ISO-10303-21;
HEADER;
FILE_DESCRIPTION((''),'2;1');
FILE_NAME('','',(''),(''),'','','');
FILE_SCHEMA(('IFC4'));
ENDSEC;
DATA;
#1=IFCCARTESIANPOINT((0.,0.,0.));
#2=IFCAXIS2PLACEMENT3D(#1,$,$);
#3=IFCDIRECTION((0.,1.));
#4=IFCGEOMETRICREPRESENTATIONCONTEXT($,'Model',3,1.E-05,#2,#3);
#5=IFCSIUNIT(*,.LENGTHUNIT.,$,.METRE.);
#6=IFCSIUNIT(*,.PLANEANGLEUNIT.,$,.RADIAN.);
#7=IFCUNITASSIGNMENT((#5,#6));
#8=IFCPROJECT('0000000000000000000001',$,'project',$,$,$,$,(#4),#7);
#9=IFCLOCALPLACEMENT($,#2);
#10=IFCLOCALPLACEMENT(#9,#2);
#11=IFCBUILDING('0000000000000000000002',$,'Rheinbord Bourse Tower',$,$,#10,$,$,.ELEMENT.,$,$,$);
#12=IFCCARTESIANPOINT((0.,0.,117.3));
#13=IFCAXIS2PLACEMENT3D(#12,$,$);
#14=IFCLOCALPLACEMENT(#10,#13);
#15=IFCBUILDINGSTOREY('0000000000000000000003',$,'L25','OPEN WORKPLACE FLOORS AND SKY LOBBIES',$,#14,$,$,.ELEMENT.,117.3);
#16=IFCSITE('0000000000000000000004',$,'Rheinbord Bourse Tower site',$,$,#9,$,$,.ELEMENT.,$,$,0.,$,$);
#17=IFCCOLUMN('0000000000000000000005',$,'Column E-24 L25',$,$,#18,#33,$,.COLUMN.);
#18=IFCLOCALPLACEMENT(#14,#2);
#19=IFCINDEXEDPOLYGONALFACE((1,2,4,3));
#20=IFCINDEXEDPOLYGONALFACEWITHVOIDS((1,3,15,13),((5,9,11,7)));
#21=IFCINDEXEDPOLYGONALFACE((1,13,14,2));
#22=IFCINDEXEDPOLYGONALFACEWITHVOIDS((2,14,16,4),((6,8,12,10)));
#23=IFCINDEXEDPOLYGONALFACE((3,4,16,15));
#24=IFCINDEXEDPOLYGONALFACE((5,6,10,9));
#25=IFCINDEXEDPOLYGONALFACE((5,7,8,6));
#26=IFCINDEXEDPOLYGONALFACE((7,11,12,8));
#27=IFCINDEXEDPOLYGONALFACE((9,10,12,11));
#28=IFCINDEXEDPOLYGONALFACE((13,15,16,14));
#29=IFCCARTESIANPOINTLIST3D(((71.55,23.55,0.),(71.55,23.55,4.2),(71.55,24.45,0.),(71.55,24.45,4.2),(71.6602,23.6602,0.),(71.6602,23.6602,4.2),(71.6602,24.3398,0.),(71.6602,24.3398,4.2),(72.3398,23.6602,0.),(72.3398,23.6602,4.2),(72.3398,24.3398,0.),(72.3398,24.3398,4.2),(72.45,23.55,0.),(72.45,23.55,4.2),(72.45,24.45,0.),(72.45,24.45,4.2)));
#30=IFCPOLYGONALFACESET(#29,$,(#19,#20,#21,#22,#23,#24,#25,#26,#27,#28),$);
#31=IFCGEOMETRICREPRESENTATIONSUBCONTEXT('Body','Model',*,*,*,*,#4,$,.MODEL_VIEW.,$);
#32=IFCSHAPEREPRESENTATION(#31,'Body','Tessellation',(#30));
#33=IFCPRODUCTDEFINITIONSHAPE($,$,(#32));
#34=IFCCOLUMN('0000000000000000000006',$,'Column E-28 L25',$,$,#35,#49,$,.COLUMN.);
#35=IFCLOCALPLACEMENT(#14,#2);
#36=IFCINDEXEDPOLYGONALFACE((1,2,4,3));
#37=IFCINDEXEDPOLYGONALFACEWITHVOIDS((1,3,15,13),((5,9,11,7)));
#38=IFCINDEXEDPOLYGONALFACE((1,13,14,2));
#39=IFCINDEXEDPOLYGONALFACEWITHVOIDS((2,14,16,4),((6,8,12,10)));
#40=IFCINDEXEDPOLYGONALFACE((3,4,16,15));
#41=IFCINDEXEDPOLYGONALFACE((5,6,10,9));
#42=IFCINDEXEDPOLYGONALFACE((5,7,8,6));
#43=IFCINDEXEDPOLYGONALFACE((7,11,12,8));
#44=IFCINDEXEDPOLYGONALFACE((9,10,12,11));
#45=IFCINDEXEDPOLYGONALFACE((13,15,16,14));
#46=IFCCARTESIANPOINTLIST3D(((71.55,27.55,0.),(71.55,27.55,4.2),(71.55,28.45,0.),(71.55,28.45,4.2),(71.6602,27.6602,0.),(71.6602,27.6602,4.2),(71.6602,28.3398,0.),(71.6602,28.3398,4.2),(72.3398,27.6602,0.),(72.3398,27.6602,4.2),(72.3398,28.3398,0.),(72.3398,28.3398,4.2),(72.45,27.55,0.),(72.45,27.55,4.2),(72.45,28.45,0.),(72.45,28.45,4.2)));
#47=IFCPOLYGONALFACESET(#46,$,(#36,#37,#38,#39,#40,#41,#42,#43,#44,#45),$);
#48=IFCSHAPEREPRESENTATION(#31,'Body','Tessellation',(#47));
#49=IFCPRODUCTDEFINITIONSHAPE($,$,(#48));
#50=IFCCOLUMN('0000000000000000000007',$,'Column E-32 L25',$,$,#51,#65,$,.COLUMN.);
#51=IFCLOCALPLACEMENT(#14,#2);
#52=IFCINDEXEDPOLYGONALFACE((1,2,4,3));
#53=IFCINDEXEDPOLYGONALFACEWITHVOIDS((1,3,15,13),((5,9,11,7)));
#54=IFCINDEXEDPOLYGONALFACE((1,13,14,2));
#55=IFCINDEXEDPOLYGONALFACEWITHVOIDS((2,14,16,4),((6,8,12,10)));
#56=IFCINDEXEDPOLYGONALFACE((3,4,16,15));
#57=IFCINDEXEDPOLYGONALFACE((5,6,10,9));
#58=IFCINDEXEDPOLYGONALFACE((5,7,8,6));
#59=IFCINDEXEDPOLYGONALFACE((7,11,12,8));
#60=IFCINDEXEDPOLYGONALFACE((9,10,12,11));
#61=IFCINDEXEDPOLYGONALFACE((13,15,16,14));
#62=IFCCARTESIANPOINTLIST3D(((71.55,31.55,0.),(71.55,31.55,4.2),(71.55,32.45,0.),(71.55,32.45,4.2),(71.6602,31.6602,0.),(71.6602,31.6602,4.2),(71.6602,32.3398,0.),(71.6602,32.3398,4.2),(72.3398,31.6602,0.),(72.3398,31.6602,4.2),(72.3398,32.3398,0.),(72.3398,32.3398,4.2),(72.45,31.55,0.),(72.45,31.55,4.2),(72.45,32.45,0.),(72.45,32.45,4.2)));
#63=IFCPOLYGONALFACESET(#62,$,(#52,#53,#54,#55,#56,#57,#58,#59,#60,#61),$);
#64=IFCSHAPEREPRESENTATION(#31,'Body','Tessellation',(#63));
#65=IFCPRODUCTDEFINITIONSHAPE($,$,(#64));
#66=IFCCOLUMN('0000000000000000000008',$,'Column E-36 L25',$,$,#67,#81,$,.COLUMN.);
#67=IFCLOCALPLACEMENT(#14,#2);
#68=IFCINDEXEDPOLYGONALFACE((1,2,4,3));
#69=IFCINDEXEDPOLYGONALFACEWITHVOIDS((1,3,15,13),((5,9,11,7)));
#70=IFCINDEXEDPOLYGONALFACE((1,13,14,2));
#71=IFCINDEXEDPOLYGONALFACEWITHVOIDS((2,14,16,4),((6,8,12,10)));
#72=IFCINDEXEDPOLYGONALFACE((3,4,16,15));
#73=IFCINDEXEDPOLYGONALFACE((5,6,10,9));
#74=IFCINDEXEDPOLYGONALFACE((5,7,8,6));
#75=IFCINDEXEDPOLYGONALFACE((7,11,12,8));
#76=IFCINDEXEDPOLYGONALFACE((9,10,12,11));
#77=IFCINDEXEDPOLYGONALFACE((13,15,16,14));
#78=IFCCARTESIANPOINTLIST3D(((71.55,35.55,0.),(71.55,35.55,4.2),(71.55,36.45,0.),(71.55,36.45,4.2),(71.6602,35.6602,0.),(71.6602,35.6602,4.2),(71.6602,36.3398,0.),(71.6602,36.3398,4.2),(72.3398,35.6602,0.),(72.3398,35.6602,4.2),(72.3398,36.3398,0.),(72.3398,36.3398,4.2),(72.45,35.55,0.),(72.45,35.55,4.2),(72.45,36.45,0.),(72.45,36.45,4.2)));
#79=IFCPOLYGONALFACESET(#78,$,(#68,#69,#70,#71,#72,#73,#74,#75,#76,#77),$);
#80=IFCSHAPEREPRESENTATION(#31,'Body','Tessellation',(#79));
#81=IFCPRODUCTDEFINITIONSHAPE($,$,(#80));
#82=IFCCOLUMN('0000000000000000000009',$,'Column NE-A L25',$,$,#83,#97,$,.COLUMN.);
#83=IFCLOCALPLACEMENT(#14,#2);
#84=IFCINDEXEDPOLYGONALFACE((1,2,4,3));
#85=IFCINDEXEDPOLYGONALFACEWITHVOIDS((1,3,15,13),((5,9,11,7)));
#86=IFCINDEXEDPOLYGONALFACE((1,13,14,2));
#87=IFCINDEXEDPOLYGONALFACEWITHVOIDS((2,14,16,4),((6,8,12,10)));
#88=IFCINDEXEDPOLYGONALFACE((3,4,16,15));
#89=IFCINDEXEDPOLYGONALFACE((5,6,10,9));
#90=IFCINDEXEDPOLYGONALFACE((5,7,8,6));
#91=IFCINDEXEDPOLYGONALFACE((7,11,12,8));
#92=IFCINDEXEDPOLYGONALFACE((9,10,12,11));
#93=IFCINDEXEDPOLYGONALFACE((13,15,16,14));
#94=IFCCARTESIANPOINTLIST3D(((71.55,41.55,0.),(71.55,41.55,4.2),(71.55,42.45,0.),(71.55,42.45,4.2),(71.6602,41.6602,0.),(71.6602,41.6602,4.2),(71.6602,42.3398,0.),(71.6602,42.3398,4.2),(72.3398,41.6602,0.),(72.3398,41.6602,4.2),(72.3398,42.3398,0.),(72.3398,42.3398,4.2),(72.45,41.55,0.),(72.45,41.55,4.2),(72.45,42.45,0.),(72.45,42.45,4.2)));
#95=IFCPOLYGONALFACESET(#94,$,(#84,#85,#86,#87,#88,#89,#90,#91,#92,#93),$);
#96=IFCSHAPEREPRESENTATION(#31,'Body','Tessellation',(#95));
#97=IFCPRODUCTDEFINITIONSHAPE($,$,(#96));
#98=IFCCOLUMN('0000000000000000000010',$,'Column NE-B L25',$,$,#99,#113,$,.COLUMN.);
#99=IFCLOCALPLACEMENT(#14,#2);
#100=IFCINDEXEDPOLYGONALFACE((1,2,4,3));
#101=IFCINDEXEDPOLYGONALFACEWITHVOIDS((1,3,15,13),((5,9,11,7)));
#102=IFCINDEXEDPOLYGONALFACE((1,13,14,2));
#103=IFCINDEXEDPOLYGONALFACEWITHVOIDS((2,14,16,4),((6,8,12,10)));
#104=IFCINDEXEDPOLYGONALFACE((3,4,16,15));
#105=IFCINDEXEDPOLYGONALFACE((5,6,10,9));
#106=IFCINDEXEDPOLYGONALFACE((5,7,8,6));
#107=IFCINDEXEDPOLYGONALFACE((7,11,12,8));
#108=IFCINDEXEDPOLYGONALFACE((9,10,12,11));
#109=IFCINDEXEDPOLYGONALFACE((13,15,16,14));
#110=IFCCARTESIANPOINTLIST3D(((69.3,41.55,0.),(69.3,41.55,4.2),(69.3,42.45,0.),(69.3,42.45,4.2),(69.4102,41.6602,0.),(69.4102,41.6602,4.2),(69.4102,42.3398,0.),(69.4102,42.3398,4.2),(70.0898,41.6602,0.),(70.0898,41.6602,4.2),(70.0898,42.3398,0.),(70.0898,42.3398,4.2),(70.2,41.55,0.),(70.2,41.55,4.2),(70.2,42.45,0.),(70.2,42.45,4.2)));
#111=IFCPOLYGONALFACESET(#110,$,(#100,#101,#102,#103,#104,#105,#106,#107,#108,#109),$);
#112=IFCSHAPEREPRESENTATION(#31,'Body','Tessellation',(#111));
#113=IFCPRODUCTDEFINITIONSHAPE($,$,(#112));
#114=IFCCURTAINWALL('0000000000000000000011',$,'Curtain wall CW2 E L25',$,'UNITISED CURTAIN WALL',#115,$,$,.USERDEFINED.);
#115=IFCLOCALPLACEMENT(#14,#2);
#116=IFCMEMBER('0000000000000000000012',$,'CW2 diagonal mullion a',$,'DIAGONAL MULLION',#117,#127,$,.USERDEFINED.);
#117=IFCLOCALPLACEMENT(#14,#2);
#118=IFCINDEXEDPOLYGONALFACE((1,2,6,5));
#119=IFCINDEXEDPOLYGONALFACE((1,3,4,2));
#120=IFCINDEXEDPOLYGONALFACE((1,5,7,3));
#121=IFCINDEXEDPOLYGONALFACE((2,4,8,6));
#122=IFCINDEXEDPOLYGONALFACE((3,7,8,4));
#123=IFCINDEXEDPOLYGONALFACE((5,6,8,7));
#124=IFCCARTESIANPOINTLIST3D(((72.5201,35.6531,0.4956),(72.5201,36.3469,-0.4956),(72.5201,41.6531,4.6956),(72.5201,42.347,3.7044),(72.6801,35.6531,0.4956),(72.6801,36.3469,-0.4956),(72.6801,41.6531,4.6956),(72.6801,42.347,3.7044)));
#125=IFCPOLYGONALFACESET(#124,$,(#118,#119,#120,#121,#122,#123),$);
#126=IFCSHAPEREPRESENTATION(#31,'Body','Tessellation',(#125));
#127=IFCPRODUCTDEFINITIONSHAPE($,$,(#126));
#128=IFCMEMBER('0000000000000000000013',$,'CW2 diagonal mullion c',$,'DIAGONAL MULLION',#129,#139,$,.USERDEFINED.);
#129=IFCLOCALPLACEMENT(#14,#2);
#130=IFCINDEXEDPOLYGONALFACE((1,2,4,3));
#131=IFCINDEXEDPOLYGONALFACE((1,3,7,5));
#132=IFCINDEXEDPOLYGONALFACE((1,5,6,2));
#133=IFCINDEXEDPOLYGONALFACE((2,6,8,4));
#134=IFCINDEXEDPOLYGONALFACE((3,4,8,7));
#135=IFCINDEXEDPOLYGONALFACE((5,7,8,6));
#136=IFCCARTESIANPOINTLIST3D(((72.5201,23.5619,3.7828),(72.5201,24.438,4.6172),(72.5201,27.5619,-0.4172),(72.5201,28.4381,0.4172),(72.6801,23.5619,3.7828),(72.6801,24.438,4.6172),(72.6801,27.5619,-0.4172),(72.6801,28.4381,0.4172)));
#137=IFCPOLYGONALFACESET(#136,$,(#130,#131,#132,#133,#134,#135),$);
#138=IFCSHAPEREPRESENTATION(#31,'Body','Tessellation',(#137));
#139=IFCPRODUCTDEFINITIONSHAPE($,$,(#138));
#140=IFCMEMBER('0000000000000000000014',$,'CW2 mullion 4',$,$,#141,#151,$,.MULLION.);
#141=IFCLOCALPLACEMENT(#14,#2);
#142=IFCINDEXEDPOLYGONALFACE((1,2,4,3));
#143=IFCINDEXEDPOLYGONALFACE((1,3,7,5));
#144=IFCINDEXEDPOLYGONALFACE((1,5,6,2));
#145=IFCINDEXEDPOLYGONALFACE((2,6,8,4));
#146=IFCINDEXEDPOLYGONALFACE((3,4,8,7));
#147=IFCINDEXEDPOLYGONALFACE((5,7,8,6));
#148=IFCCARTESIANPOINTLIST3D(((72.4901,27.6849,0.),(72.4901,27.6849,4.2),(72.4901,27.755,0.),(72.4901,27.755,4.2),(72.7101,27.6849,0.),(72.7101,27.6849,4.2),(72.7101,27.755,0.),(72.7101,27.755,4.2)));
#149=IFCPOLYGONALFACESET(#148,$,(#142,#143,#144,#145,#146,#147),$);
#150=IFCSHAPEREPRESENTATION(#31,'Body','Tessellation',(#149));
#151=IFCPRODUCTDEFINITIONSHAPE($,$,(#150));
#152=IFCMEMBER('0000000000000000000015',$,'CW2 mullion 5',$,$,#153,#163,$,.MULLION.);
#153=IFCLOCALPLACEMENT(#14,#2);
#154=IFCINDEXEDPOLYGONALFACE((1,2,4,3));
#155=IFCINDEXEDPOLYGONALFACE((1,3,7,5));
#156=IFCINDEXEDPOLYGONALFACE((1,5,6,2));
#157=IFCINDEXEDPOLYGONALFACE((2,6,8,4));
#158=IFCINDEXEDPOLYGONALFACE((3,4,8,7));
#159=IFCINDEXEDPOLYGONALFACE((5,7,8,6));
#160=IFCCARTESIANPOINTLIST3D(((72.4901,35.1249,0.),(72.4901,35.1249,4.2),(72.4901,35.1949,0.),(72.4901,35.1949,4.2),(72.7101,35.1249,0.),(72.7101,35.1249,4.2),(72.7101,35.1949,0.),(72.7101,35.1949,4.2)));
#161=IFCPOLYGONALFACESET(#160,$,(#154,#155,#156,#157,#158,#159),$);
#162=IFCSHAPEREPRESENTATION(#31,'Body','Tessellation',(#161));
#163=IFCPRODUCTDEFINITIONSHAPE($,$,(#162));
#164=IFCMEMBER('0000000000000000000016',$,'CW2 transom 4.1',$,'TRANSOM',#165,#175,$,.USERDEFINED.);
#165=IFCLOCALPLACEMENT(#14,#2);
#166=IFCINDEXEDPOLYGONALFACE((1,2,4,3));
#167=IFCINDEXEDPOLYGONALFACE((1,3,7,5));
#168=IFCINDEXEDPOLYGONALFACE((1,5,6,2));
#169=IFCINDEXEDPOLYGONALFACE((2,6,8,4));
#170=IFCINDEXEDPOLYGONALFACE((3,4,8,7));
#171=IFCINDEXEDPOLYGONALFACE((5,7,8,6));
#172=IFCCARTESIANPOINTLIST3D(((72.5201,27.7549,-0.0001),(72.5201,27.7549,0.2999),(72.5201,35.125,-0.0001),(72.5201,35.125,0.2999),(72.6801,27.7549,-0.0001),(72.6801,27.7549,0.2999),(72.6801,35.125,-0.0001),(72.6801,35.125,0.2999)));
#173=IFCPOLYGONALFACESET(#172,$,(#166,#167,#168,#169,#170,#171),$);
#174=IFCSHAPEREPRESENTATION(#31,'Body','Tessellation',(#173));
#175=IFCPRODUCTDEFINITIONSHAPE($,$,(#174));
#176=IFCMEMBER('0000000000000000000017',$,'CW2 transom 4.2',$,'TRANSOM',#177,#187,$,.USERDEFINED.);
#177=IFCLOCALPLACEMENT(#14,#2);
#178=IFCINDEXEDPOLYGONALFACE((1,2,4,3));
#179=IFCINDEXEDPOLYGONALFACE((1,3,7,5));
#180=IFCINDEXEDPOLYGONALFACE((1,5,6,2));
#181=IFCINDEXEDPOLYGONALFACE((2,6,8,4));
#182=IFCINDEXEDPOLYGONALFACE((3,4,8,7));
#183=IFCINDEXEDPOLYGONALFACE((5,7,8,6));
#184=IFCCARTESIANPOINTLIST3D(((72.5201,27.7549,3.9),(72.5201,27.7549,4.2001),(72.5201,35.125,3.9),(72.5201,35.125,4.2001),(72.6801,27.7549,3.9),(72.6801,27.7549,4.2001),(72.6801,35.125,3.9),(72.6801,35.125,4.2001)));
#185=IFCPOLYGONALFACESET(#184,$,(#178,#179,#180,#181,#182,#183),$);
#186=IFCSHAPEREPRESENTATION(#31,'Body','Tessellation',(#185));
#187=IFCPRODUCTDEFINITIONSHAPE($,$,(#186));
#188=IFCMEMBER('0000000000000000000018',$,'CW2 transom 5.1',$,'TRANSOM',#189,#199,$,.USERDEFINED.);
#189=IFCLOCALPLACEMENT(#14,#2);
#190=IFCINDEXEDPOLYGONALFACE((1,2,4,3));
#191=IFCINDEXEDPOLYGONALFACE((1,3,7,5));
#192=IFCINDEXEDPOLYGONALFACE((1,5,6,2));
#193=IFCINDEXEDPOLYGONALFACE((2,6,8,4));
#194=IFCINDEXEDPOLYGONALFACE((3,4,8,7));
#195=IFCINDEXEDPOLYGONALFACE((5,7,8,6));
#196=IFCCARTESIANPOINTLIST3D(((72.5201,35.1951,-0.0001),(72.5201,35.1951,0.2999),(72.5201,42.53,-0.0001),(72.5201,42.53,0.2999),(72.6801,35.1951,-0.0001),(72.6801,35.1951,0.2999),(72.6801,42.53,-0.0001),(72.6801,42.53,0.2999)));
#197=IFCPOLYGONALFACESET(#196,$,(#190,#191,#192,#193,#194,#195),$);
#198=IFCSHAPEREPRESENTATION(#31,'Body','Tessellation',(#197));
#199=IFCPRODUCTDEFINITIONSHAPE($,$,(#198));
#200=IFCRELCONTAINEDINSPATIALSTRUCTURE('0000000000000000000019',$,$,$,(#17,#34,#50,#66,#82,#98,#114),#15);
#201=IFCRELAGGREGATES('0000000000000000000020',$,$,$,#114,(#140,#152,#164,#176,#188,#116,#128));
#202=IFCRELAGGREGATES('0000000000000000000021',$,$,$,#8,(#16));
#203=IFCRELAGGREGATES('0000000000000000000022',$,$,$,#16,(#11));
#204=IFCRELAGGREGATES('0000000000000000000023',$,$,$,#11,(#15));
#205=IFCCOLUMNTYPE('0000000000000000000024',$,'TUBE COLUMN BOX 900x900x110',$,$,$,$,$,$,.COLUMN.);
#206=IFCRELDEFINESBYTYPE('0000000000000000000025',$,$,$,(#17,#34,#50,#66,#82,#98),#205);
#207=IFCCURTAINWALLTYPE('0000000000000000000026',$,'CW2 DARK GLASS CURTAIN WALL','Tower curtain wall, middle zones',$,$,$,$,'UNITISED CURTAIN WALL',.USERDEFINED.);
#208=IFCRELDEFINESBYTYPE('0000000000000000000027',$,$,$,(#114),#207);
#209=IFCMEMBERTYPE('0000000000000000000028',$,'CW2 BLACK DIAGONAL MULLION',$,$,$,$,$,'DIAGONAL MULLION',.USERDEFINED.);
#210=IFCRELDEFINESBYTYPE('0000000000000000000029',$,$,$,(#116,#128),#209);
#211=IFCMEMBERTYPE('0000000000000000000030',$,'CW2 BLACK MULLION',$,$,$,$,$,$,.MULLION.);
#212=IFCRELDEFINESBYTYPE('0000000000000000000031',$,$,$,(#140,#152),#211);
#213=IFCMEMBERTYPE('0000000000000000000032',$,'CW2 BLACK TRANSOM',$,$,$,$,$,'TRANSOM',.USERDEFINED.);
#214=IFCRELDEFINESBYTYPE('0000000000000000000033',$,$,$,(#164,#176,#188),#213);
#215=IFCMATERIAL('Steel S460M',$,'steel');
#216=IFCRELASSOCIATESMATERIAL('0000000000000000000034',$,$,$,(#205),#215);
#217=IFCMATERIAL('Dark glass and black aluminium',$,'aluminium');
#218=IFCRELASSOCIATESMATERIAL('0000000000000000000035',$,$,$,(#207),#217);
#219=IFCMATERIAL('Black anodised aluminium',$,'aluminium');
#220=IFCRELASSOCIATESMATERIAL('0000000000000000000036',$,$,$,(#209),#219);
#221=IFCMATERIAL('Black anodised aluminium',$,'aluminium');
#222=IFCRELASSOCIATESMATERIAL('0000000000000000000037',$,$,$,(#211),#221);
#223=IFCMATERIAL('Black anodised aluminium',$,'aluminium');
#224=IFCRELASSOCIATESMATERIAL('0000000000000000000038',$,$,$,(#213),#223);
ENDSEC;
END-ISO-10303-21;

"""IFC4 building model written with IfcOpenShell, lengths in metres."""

from ifc_helpers import new_model, si_unit, direction, frame, origin, origin_2d, place, context, subcontext, project, spatial, rectangle, hollow_rectangle, extrude, material, material_profile, profile_set, type_object, element, aggregate, save


model = new_model("IFC4")

# Units and contexts
model_context = context("Model", 3, precision=1e-05, world=origin(), true_north=direction((0.0, 1.0)))
body_context = subcontext(model_context, "Body", "Model", "MODEL_VIEW")
ifc_project = project(units=[si_unit("LENGTHUNIT", "METRE"), si_unit("PLANEANGLEUNIT", "RADIAN")], contexts=[model_context])

# Site, building, storey
site_placement = place(None, origin())
site = spatial("IfcSite", under=ifc_project, at=site_placement, Name="Rheinbord Bourse Tower site", CompositionType="ELEMENT", RefElevation=0.0)
building_placement = place(site_placement, origin())
building = spatial("IfcBuilding", under=site, at=building_placement, Name="Rheinbord Bourse Tower", CompositionType="ELEMENT")
storey_placement = place(building_placement, frame((0.0, 0.0, 117.3)))
storey = spatial("IfcBuildingStorey", under=building, at=storey_placement, Name="L25", Description="OPEN WORKPLACE FLOORS AND SKY LOBBIES", CompositionType="ELEMENT", Elevation=117.3)

# Columns
ifc_material_1 = material(Name="Steel S460M", Category="steel")
ifc_material_profile_1 = material_profile(ifc_material_1, hollow_rectangle(XDim=0.8999, YDim=0.8999, WallThickness=0.1101, at=origin_2d()), Name="BOX 900x900x110")
ifc_profile_set_1 = profile_set([ifc_material_profile_1], Name="Steel S460M")
column_type = type_object("IfcColumnType", Name="TUBE COLUMN BOX 900x900x110", PredefinedType="COLUMN", material=ifc_profile_set_1)
for number, where, z_axis, x_axis, name in (
    (1, (72.0, 24.0, 0.0), (0.0, 0.0, 1.0), (1.0, 0.0, 0.0), "Column E-24 L25"),
    (2, (72.0, 28.0, 0.0), (0.0, 0.0, 1.0), (1.0, 0.0, 0.0), "Column E-28 L25"),
    (3, (72.0, 32.0, 0.0), (0.0, 0.0, 1.0), (1.0, 0.0, 0.0), "Column E-32 L25"),
    (4, (72.0, 36.0, 0.0), (0.0, 0.0, 1.0), (1.0, 0.0, 0.0), "Column E-36 L25"),
    (5, (72.0, 42.0, 0.0), (0.0, 0.0, 1.0), (1.0, 0.0, 0.0), "Column NE-A L25"),
    (6, (69.75, 42.0, 0.0), (0.0, 0.0, 1.0), (1.0, 0.0, 0.0), "Column NE-B L25"),
):
    element("IfcColumn", number, at=place(storey_placement, frame(where, z_axis=z_axis, x_axis=x_axis)), inside=storey, type_object=column_type, Name=name, PredefinedType="COLUMN", context=body_context, shape_type="SweptSolid", body=[
        extrude(hollow_rectangle(XDim=0.8999, YDim=0.8999, WallThickness=0.1101, at=origin_2d()), origin(), (0.0, 0.0, 1.0), 4.2),
    ])

# Curtain wall, members
ifc_material_2 = material(Name="Dark glass and black aluminium", Category="aluminium")
curtain_wall_type = type_object("IfcCurtainWallType", Name="CW2 DARK GLASS CURTAIN WALL", Description="Tower curtain wall, middle zones", ElementType="UNITISED CURTAIN WALL", PredefinedType="USERDEFINED", material=ifc_material_2)
curtain_wall_placement = place(storey_placement, origin())
curtain_wall = element("IfcCurtainWall", 7, at=curtain_wall_placement, inside=storey, type_object=curtain_wall_type, Name="Curtain wall CW2 E L25", ObjectType="UNITISED CURTAIN WALL", PredefinedType="USERDEFINED")
ifc_material_3 = material(Name="Black anodised aluminium", Category="aluminium")
ifc_material_profile_2 = material_profile(ifc_material_3, rectangle(XDim=0.1599, YDim=1.21, at=origin_2d()), Name="CW2 DIAGONAL MULLION 1210x160")
ifc_profile_set_2 = profile_set([ifc_material_profile_2], Name="Black anodised aluminium")
member_type_1 = type_object("IfcMemberType", Name="CW2 BLACK DIAGONAL MULLION", ElementType="DIAGONAL MULLION", PredefinedType="USERDEFINED", material=ifc_profile_set_2)
member_1_placement = place(storey_placement, frame((72.6001, 36.0, 0.0), z_axis=(0.0, 0.819235, 0.573458), x_axis=(-1.0, 0.0, 0.0)))
member_1 = element("IfcMember", 8, at=member_1_placement, type_object=member_type_1, Name="CW2 diagonal mullion a", ObjectType="DIAGONAL MULLION", PredefinedType="USERDEFINED", context=body_context, shape_type="SweptSolid", body=[
    extrude(rectangle(XDim=0.1599, YDim=1.21, at=origin_2d()), origin(), (0.0, 0.0, 1.0), 7.324),
])
member_2_placement = place(storey_placement, frame((72.6001, 28.0, 0.0), z_axis=(0.0, -0.689659, 0.724134), x_axis=(1.0, 0.0, 0.0)))
member_2 = element("IfcMember", 9, at=member_2_placement, type_object=member_type_1, Name="CW2 diagonal mullion c", ObjectType="DIAGONAL MULLION", PredefinedType="USERDEFINED", context=body_context, shape_type="SweptSolid", body=[
    extrude(rectangle(XDim=0.1599, YDim=1.21, at=origin_2d()), origin(), (0.0, 0.0, 1.0), 5.8),
])
ifc_material_4 = material(Name="Black anodised aluminium", Category="aluminium")
ifc_material_profile_3 = material_profile(ifc_material_4, rectangle(XDim=0.22, YDim=0.0701, at=origin_2d()), Name="CW2 MULLION 70x220")
ifc_profile_set_3 = profile_set([ifc_material_profile_3], Name="Black anodised aluminium")
member_type_2 = type_object("IfcMemberType", Name="CW2 BLACK MULLION", PredefinedType="MULLION", material=ifc_profile_set_3)
member_3_placement = place(storey_placement, frame((72.6001, 27.72, 0.0), z_axis=(0.0, 0.0, 1.0), x_axis=(-1.0, 0.0, 0.0)))
member_3 = element("IfcMember", 10, at=member_3_placement, type_object=member_type_2, Name="CW2 mullion 4", PredefinedType="MULLION", context=body_context, shape_type="SweptSolid", body=[
    extrude(rectangle(XDim=0.22, YDim=0.0701, at=origin_2d()), origin(), (0.0, 0.0, 1.0), 4.2),
])
member_4_placement = place(storey_placement, frame((72.6001, 35.1599, 0.0), z_axis=(0.0, 0.0, 1.0), x_axis=(-1.0, 0.0, 0.0)))
member_4 = element("IfcMember", 11, at=member_4_placement, type_object=member_type_2, Name="CW2 mullion 5", PredefinedType="MULLION", context=body_context, shape_type="SweptSolid", body=[
    extrude(rectangle(XDim=0.22, YDim=0.0701, at=origin_2d()), origin(), (0.0, 0.0, 1.0), 4.2),
])
ifc_material_5 = material(Name="Black anodised aluminium", Category="aluminium")
ifc_material_profile_4 = material_profile(ifc_material_5, rectangle(XDim=0.1599, YDim=0.3, at=origin_2d()), Name="CW2 TRANSOM 300x160")
ifc_profile_set_4 = profile_set([ifc_material_profile_4], Name="Black anodised aluminium")
member_type_3 = type_object("IfcMemberType", Name="CW2 BLACK TRANSOM", ElementType="TRANSOM", PredefinedType="USERDEFINED", material=ifc_profile_set_4)
member_5_placement = place(storey_placement, frame((72.6001, 27.7549, 0.1499), z_axis=(0.0, 1.0, 0.0), x_axis=(-1.0, 0.0, 0.0)))
member_5 = element("IfcMember", 12, at=member_5_placement, type_object=member_type_3, Name="CW2 transom 4.1", ObjectType="TRANSOM", PredefinedType="USERDEFINED", context=body_context, shape_type="SweptSolid", body=[
    extrude(rectangle(XDim=0.1599, YDim=0.3, at=origin_2d()), origin(), (0.0, 0.0, 1.0), 7.3701),
])
member_6_placement = place(storey_placement, frame((72.6001, 27.7549, 4.05), z_axis=(0.0, 1.0, 0.0), x_axis=(-1.0, 0.0, 0.0)))
member_6 = element("IfcMember", 13, at=member_6_placement, type_object=member_type_3, Name="CW2 transom 4.2", ObjectType="TRANSOM", PredefinedType="USERDEFINED", context=body_context, shape_type="SweptSolid", body=[
    extrude(rectangle(XDim=0.1599, YDim=0.3, at=origin_2d()), origin(), (0.0, 0.0, 1.0), 7.3701),
])
member_7_placement = place(storey_placement, frame((72.6001, 35.1951, 0.1499), z_axis=(0.0, 1.0, 0.0), x_axis=(-1.0, 0.0, 0.0)))
member_7 = element("IfcMember", 14, at=member_7_placement, type_object=member_type_3, Name="CW2 transom 5.1", ObjectType="TRANSOM", PredefinedType="USERDEFINED", context=body_context, shape_type="SweptSolid", body=[
    extrude(rectangle(XDim=0.1599, YDim=0.3, at=origin_2d()), origin(), (0.0, 0.0, 1.0), 7.335),
])

aggregate(curtain_wall, [member_3, member_4, member_5, member_6, member_7, member_1, member_2])

save(model, "model.ifc")
